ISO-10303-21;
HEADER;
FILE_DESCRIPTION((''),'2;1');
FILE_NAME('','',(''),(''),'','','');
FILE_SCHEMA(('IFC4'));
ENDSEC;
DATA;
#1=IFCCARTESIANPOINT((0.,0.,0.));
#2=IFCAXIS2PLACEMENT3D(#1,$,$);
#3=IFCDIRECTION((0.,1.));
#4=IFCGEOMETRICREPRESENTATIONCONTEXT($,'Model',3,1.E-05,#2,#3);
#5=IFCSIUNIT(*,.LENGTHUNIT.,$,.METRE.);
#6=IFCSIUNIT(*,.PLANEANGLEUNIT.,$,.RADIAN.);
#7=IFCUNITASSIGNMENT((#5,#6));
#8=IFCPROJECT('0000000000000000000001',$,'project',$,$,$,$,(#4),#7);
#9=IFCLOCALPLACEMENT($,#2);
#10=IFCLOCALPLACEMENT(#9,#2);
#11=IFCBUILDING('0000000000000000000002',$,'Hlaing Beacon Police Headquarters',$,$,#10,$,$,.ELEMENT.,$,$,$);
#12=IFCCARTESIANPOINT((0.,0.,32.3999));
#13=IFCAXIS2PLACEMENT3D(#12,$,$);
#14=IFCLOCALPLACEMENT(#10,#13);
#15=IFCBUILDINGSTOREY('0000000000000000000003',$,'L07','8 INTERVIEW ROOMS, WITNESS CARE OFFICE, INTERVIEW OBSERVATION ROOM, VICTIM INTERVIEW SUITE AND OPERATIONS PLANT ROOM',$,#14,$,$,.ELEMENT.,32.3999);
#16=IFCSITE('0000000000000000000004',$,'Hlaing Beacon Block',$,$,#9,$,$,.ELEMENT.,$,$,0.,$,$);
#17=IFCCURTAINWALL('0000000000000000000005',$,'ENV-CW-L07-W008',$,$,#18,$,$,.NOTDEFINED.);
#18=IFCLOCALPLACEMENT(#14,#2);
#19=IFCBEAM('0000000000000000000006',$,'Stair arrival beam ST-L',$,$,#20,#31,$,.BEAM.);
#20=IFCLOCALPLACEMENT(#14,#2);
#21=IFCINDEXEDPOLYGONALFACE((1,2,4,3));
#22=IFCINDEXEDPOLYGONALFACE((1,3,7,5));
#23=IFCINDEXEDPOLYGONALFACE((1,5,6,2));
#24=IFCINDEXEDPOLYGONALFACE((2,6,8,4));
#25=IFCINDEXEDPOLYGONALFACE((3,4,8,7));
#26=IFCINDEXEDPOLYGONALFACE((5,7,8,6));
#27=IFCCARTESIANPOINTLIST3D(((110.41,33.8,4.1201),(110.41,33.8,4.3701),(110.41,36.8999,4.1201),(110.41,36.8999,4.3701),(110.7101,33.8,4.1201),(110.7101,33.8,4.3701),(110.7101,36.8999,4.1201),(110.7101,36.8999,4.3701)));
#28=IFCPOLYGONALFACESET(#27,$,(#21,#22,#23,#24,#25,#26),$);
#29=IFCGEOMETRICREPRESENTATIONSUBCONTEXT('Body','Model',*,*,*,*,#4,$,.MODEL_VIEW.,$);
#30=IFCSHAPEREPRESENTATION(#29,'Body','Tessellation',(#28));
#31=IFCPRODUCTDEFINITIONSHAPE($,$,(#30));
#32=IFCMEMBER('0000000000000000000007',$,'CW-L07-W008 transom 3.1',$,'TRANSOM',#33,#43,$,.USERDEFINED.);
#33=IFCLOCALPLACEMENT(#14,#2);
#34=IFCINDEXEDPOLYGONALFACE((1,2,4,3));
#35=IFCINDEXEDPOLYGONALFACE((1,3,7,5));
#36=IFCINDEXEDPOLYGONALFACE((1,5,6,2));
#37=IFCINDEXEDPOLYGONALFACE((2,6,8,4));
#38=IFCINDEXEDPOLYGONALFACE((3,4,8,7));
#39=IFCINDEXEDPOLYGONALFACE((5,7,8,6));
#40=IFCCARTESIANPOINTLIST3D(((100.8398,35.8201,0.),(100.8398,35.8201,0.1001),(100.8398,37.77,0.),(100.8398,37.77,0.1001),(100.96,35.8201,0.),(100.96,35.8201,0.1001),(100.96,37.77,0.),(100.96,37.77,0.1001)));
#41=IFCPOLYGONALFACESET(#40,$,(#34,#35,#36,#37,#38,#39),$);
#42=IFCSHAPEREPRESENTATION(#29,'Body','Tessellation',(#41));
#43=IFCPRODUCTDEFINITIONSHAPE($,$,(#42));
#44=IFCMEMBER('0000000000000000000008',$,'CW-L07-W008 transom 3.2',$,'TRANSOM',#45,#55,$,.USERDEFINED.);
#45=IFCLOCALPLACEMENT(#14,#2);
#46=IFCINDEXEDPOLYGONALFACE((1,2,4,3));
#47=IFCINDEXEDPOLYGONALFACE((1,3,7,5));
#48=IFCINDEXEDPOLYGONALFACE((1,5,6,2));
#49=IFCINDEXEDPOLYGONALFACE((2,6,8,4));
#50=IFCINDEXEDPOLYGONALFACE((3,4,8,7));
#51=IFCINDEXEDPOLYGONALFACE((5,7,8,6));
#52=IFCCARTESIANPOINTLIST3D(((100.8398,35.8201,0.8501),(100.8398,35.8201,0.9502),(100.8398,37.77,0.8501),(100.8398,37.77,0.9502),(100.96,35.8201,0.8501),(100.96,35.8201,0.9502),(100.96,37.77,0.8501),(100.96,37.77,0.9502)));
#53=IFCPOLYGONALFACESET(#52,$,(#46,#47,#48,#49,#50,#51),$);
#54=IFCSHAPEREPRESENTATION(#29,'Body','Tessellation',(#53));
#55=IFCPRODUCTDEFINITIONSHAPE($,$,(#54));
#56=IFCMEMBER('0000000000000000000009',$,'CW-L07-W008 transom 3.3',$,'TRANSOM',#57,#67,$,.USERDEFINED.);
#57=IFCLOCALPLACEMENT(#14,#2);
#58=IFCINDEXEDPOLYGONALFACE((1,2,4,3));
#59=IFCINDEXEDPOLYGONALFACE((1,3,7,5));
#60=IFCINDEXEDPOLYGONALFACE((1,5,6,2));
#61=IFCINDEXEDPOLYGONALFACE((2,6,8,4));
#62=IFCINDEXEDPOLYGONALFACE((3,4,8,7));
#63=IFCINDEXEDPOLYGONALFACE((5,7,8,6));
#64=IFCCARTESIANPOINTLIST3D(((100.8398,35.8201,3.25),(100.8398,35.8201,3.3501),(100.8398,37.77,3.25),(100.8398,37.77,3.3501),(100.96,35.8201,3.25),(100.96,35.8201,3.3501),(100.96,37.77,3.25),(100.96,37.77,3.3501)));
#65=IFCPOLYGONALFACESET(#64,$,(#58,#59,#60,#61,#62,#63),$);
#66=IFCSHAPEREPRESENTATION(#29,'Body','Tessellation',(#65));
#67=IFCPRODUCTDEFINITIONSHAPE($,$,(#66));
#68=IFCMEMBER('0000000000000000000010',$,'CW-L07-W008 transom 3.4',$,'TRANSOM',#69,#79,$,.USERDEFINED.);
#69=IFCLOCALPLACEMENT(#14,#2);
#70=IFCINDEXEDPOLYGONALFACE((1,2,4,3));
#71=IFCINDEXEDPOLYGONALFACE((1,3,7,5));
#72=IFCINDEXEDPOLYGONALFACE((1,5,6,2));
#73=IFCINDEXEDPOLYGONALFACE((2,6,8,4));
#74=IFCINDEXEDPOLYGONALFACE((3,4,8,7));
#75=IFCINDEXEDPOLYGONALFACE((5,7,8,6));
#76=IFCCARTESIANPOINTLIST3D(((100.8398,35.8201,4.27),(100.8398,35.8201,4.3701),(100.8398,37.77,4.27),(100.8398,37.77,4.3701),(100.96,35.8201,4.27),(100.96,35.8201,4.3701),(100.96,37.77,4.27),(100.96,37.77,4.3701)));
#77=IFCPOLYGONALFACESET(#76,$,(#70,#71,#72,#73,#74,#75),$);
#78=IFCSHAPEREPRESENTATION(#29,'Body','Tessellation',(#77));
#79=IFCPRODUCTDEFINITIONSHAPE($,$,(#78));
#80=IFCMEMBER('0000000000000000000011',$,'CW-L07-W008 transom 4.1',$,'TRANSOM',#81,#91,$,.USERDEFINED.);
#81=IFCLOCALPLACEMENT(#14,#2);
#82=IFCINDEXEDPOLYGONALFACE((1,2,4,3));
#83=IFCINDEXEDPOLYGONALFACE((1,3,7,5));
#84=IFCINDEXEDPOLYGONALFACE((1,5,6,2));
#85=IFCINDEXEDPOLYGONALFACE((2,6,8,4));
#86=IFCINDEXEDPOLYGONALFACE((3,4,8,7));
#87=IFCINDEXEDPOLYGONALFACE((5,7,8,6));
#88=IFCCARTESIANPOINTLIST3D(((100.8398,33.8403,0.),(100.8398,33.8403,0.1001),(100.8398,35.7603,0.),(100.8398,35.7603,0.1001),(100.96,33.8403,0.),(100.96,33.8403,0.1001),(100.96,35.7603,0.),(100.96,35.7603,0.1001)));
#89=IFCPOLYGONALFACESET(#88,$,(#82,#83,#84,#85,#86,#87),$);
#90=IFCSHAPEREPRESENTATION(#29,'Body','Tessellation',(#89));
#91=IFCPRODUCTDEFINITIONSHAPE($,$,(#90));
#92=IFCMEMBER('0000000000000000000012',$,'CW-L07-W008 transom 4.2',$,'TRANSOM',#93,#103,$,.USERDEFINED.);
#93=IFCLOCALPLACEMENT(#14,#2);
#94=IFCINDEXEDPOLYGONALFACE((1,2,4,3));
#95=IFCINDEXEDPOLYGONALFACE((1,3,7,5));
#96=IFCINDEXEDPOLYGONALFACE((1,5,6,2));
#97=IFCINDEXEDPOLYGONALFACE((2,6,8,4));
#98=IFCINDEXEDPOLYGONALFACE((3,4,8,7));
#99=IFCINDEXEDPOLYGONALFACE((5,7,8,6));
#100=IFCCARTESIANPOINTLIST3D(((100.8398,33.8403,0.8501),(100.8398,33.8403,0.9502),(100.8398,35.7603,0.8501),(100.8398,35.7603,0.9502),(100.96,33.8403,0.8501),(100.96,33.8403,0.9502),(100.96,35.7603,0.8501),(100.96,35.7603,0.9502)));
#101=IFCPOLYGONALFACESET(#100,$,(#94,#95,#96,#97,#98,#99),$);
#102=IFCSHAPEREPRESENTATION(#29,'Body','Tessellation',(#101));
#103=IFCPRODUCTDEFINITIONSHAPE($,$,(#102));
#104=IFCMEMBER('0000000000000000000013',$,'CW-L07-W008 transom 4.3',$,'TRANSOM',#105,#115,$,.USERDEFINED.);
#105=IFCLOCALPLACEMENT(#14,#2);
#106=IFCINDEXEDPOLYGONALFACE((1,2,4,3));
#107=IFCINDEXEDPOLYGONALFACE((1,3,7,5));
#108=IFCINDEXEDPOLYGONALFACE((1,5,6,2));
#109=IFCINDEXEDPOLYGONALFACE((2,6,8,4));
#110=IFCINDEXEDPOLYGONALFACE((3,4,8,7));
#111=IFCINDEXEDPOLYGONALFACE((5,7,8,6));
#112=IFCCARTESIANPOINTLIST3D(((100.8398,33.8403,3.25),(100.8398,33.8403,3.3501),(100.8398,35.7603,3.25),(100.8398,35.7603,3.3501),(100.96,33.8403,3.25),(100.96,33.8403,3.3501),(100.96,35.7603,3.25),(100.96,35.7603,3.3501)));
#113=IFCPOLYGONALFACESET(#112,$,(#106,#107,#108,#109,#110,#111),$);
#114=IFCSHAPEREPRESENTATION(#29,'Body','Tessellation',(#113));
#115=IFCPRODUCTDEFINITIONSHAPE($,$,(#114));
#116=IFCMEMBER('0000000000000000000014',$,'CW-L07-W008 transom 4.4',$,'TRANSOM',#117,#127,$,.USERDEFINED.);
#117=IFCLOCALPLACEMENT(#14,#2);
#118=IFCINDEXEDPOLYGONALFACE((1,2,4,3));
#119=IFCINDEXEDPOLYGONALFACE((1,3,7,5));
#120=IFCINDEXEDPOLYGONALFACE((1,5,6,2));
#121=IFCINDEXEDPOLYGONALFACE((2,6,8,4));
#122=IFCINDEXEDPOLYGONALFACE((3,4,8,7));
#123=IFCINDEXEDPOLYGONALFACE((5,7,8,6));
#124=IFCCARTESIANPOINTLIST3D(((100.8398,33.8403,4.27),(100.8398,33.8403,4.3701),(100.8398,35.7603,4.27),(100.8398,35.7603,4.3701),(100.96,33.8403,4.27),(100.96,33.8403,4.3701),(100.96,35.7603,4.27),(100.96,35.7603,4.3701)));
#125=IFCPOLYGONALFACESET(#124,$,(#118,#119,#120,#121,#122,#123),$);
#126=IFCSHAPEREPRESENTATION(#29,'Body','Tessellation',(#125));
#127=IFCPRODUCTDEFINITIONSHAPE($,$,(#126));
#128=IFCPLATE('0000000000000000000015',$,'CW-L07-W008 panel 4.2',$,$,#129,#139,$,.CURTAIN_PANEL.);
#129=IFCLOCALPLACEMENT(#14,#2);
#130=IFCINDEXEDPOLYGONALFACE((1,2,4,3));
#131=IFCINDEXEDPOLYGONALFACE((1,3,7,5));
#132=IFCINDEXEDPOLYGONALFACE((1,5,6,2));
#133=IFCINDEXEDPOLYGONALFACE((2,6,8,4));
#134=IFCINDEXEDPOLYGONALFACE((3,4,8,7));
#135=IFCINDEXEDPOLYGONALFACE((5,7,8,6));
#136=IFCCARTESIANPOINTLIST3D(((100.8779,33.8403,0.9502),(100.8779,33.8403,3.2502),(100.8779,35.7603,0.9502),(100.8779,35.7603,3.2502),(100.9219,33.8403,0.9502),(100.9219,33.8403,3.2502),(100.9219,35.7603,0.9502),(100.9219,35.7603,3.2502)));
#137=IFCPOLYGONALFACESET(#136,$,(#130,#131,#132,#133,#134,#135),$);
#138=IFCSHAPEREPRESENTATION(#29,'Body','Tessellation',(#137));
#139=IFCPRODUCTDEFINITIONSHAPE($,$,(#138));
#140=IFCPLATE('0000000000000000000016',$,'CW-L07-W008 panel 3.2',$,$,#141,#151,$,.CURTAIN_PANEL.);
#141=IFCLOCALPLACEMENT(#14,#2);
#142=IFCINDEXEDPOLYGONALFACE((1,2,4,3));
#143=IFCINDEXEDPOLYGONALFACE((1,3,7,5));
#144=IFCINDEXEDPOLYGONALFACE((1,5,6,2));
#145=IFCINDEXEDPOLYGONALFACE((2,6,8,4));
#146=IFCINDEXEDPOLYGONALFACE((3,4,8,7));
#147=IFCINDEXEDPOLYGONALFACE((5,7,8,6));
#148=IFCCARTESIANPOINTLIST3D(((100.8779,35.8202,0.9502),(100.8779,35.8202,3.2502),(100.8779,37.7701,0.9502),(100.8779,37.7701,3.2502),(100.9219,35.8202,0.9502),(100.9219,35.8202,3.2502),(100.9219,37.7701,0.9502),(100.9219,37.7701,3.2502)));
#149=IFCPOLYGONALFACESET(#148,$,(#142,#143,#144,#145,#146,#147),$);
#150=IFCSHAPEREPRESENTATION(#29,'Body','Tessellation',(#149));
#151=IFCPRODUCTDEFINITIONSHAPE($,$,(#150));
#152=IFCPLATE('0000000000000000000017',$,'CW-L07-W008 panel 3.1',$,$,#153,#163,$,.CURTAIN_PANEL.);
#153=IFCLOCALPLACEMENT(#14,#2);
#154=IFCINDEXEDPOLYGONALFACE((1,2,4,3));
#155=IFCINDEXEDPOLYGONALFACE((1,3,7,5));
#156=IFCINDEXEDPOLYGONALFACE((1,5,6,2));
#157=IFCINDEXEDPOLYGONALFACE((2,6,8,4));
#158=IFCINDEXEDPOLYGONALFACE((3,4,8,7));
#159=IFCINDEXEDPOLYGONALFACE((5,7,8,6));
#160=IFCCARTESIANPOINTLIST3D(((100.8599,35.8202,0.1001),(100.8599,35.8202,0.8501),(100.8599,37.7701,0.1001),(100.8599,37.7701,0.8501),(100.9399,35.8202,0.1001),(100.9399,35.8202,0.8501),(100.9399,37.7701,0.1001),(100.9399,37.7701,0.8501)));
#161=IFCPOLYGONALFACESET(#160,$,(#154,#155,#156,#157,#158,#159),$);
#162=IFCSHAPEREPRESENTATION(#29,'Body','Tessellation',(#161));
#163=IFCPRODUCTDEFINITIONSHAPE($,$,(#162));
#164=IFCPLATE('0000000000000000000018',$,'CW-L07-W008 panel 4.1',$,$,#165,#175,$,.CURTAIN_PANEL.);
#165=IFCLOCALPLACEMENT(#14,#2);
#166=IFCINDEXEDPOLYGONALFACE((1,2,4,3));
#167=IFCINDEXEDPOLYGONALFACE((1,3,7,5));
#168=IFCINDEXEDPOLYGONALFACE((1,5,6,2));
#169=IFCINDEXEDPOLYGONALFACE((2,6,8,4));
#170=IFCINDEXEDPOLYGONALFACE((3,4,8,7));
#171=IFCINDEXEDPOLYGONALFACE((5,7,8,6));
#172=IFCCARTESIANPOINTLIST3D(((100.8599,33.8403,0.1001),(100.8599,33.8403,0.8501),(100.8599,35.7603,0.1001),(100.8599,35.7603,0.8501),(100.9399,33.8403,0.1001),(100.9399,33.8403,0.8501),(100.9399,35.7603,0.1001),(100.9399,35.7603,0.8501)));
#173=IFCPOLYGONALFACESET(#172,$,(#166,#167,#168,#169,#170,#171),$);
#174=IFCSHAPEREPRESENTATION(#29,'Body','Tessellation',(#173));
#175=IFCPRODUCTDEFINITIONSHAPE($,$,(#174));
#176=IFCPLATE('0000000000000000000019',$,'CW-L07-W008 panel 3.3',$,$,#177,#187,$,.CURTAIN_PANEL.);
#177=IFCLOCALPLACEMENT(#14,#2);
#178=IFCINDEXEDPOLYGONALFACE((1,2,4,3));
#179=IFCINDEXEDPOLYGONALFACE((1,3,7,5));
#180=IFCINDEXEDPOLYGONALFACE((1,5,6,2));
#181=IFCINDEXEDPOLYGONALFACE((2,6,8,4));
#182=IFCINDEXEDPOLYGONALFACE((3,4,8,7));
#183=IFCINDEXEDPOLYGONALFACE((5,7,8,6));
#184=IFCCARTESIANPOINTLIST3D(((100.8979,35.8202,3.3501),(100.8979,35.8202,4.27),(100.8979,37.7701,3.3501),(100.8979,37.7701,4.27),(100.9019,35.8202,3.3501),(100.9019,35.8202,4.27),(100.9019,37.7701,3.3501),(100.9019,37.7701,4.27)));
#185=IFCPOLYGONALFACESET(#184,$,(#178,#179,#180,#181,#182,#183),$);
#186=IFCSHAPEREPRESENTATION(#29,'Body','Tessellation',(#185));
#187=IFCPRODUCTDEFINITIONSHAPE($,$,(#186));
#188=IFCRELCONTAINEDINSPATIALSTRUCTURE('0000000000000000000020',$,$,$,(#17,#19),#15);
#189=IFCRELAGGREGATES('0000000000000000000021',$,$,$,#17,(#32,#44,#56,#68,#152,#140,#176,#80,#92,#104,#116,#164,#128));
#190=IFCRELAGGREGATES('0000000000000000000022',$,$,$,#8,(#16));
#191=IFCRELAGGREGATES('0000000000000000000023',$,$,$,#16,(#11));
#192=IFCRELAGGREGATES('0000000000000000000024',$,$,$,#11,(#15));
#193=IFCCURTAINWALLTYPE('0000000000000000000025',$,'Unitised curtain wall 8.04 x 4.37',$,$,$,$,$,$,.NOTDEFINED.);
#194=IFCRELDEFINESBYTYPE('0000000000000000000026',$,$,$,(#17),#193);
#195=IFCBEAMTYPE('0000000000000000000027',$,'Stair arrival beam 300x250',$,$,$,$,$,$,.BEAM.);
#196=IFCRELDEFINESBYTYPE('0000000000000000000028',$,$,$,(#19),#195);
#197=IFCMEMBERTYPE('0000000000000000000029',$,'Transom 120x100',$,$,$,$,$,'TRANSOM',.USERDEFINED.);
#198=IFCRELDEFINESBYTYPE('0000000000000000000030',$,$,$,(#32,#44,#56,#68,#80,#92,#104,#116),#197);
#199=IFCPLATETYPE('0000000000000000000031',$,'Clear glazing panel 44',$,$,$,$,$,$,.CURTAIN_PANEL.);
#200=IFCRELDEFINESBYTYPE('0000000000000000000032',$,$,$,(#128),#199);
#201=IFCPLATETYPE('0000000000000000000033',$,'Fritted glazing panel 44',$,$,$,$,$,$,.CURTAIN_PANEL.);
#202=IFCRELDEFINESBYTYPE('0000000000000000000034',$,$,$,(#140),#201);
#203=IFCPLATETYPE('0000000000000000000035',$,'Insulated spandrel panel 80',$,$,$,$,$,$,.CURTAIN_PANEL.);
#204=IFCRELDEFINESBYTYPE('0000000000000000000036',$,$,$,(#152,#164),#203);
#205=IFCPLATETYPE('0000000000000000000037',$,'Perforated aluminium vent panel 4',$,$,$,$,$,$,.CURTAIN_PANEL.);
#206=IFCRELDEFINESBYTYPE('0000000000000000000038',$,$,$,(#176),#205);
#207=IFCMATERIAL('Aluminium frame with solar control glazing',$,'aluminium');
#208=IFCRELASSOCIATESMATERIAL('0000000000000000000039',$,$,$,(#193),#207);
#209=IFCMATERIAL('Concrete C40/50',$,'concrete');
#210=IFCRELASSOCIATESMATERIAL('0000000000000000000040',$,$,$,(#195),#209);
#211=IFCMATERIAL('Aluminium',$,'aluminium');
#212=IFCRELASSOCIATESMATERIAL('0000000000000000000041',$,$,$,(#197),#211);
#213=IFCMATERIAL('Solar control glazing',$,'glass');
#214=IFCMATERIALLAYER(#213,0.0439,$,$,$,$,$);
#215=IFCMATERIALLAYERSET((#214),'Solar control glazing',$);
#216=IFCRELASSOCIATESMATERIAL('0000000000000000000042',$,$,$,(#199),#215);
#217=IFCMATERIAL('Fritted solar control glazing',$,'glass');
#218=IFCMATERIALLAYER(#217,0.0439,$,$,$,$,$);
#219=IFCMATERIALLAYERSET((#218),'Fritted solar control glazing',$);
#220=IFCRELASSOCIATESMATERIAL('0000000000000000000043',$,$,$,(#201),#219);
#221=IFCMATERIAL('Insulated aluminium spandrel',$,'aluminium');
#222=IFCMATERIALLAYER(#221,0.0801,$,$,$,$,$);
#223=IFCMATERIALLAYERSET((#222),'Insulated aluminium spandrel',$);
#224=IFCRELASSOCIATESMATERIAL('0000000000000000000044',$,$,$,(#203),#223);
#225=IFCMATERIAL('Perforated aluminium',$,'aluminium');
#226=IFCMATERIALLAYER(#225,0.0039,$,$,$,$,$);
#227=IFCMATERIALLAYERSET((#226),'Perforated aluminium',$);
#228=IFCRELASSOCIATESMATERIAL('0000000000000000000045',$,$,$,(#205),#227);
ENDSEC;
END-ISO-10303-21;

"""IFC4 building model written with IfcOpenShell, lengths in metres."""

from ifc_helpers import new_model, si_unit, direction, frame, origin, origin_2d, place, context, subcontext, project, spatial, rectangle, extrude, material, layer, layer_set, material_profile, profile_set, type_object, element, aggregate, save


model = new_model("IFC4")

# Units and contexts
model_context = context("Model", 3, precision=1e-05, world=origin(), true_north=direction((0.0, 1.0)))
body_context = subcontext(model_context, "Body", "Model", "MODEL_VIEW")
ifc_project = project(units=[si_unit("LENGTHUNIT", "METRE"), si_unit("PLANEANGLEUNIT", "RADIAN")], contexts=[model_context])

# Site, building, storey
site_placement = place(None, origin())
site = spatial("IfcSite", under=ifc_project, at=site_placement, Name="Hlaing Beacon Block", CompositionType="ELEMENT", RefElevation=0.0)
building_placement = place(site_placement, origin())
building = spatial("IfcBuilding", under=site, at=building_placement, Name="Hlaing Beacon Police Headquarters", CompositionType="ELEMENT")
storey_placement = place(building_placement, frame((0.0, 0.0, 32.3999)))
storey = spatial("IfcBuildingStorey", under=building, at=storey_placement, Name="L07", Description="8 INTERVIEW ROOMS, WITNESS CARE OFFICE, INTERVIEW OBSERVATION ROOM, VICTIM INTERVIEW SUITE AND OPERATIONS PLANT ROOM", CompositionType="ELEMENT", Elevation=32.3999)

# Curtain wall
ifc_material_1 = material(Name="Aluminium frame with solar control glazing", Category="aluminium")
curtain_wall_type = type_object("IfcCurtainWallType", Name="Unitised curtain wall 8.04 x 4.37", PredefinedType="NOTDEFINED", material=ifc_material_1)
curtain_wall_placement = place(storey_placement, origin())
curtain_wall = element("IfcCurtainWall", 1, at=curtain_wall_placement, inside=storey, type_object=curtain_wall_type, Name="ENV-CW-L07-W008", PredefinedType="NOTDEFINED")

# Beam
ifc_material_2 = material(Name="Concrete C40/50", Category="concrete")
ifc_material_profile_1 = material_profile(ifc_material_2, rectangle(XDim=0.3, YDim=0.25, at=origin_2d()), Name="Stair arrival beam 300x250")
ifc_profile_set_1 = profile_set([ifc_material_profile_1], Name="Concrete C40/50")
beam_type_1 = type_object("IfcBeamType", Name="Stair arrival beam 300x250", PredefinedType="BEAM", material=ifc_profile_set_1)
beam_1_placement = place(storey_placement, frame((110.5601, 33.8, 4.2451), z_axis=(0.0, 1.0, 0.0), x_axis=(-1.0, 0.0, 0.0)))
element("IfcBeam", 2, at=beam_1_placement, inside=storey, type_object=beam_type_1, Name="Stair arrival beam ST-L", PredefinedType="BEAM", context=body_context, shape_type="SweptSolid", body=[
    extrude(rectangle(XDim=0.3, YDim=0.25, at=origin_2d()), origin(), (0.0, 0.0, 1.0), 3.0999),
])

# Members
ifc_material_3 = material(Name="Aluminium", Category="aluminium")
ifc_material_profile_2 = material_profile(ifc_material_3, rectangle(XDim=0.1201, YDim=0.1001, at=origin_2d()), Name="Transom 120x100")
ifc_profile_set_2 = profile_set([ifc_material_profile_2], Name="Aluminium")
member_type_1 = type_object("IfcMemberType", Name="Transom 120x100", ElementType="TRANSOM", PredefinedType="USERDEFINED", material=ifc_profile_set_2)
member_1_placement = place(storey_placement, frame((100.8999, 37.77, 0.05), z_axis=(0.0, -1.0, 0.0), x_axis=(1.0, 0.0, 0.0)))
member_1 = element("IfcMember", 3, at=member_1_placement, type_object=member_type_1, Name="CW-L07-W008 transom 3.1", ObjectType="TRANSOM", PredefinedType="USERDEFINED", context=body_context, shape_type="SweptSolid", body=[
    extrude(rectangle(XDim=0.1201, YDim=0.1001, at=origin_2d()), origin(), (0.0, 0.0, 1.0), 1.95),
])
member_2_placement = place(storey_placement, frame((100.8999, 37.77, 0.9001), z_axis=(0.0, -1.0, 0.0), x_axis=(1.0, 0.0, 0.0)))
member_2 = element("IfcMember", 4, at=member_2_placement, type_object=member_type_1, Name="CW-L07-W008 transom 3.2", ObjectType="TRANSOM", PredefinedType="USERDEFINED", context=body_context, shape_type="SweptSolid", body=[
    extrude(rectangle(XDim=0.1201, YDim=0.1001, at=origin_2d()), origin(), (0.0, 0.0, 1.0), 1.95),
])
member_3_placement = place(storey_placement, frame((100.8999, 37.77, 3.3), z_axis=(0.0, -1.0, 0.0), x_axis=(1.0, 0.0, 0.0)))
member_3 = element("IfcMember", 5, at=member_3_placement, type_object=member_type_1, Name="CW-L07-W008 transom 3.3", ObjectType="TRANSOM", PredefinedType="USERDEFINED", context=body_context, shape_type="SweptSolid", body=[
    extrude(rectangle(XDim=0.1201, YDim=0.1001, at=origin_2d()), origin(), (0.0, 0.0, 1.0), 1.95),
])
member_4_placement = place(storey_placement, frame((100.8999, 37.77, 4.3201), z_axis=(0.0, -1.0, 0.0), x_axis=(1.0, 0.0, 0.0)))
member_4 = element("IfcMember", 6, at=member_4_placement, type_object=member_type_1, Name="CW-L07-W008 transom 3.4", ObjectType="TRANSOM", PredefinedType="USERDEFINED", context=body_context, shape_type="SweptSolid", body=[
    extrude(rectangle(XDim=0.1201, YDim=0.1001, at=origin_2d()), origin(), (0.0, 0.0, 1.0), 1.95),
])
member_5_placement = place(storey_placement, frame((100.8999, 35.7603, 0.05), z_axis=(0.0, -1.0, 0.0), x_axis=(1.0, 0.0, 0.0)))
member_5 = element("IfcMember", 7, at=member_5_placement, type_object=member_type_1, Name="CW-L07-W008 transom 4.1", ObjectType="TRANSOM", PredefinedType="USERDEFINED", context=body_context, shape_type="SweptSolid", body=[
    extrude(rectangle(XDim=0.1201, YDim=0.1001, at=origin_2d()), origin(), (0.0, 0.0, 1.0), 1.9199),
])
member_6_placement = place(storey_placement, frame((100.8999, 35.7603, 0.9001), z_axis=(0.0, -1.0, 0.0), x_axis=(1.0, 0.0, 0.0)))
member_6 = element("IfcMember", 8, at=member_6_placement, type_object=member_type_1, Name="CW-L07-W008 transom 4.2", ObjectType="TRANSOM", PredefinedType="USERDEFINED", context=body_context, shape_type="SweptSolid", body=[
    extrude(rectangle(XDim=0.1201, YDim=0.1001, at=origin_2d()), origin(), (0.0, 0.0, 1.0), 1.9199),
])
member_7_placement = place(storey_placement, frame((100.8999, 35.7603, 3.3), z_axis=(0.0, -1.0, 0.0), x_axis=(1.0, 0.0, 0.0)))
member_7 = element("IfcMember", 9, at=member_7_placement, type_object=member_type_1, Name="CW-L07-W008 transom 4.3", ObjectType="TRANSOM", PredefinedType="USERDEFINED", context=body_context, shape_type="SweptSolid", body=[
    extrude(rectangle(XDim=0.1201, YDim=0.1001, at=origin_2d()), origin(), (0.0, 0.0, 1.0), 1.9199),
])
member_8_placement = place(storey_placement, frame((100.8999, 35.7603, 4.3201), z_axis=(0.0, -1.0, 0.0), x_axis=(1.0, 0.0, 0.0)))
member_8 = element("IfcMember", 10, at=member_8_placement, type_object=member_type_1, Name="CW-L07-W008 transom 4.4", ObjectType="TRANSOM", PredefinedType="USERDEFINED", context=body_context, shape_type="SweptSolid", body=[
    extrude(rectangle(XDim=0.1201, YDim=0.1001, at=origin_2d()), origin(), (0.0, 0.0, 1.0), 1.9199),
])

# Plates
ifc_material_4 = material(Name="Solar control glazing", Category="glass")
ifc_layer_1 = layer(ifc_material_4, 0.0439)
ifc_layer_set_1 = layer_set([ifc_layer_1], Name="Solar control glazing")
plate_type_1 = type_object("IfcPlateType", Name="Clear glazing panel 44", PredefinedType="CURTAIN_PANEL", material=ifc_layer_set_1)
plate_1_placement = place(storey_placement, frame((100.8999, 34.8003, 0.9502), z_axis=(0.0, 0.0, 1.0), x_axis=(0.0, -1.0, 0.0)))
plate_1 = element("IfcPlate", 11, at=plate_1_placement, type_object=plate_type_1, Name="CW-L07-W008 panel 4.2", PredefinedType="CURTAIN_PANEL", context=body_context, shape_type="SweptSolid", body=[
    extrude(rectangle(XDim=1.9199, YDim=0.0439, at=origin_2d()), origin(), (0.0, 0.0, 1.0), 2.3),
])
ifc_material_5 = material(Name="Fritted solar control glazing", Category="glass")
ifc_layer_2 = layer(ifc_material_5, 0.0439)
ifc_layer_set_2 = layer_set([ifc_layer_2], Name="Fritted solar control glazing")
plate_type_2 = type_object("IfcPlateType", Name="Fritted glazing panel 44", PredefinedType="CURTAIN_PANEL", material=ifc_layer_set_2)
plate_2_placement = place(storey_placement, frame((100.8999, 36.7952, 0.9502), z_axis=(0.0, 0.0, 1.0), x_axis=(0.0, -1.0, 0.0)))
plate_2 = element("IfcPlate", 12, at=plate_2_placement, type_object=plate_type_2, Name="CW-L07-W008 panel 3.2", PredefinedType="CURTAIN_PANEL", context=body_context, shape_type="SweptSolid", body=[
    extrude(rectangle(XDim=1.95, YDim=0.0439, at=origin_2d()), origin(), (0.0, 0.0, 1.0), 2.3),
])
ifc_material_6 = material(Name="Insulated aluminium spandrel", Category="aluminium")
ifc_layer_3 = layer(ifc_material_6, 0.0801)
ifc_layer_set_3 = layer_set([ifc_layer_3], Name="Insulated aluminium spandrel")
plate_type_3 = type_object("IfcPlateType", Name="Insulated spandrel panel 80", PredefinedType="CURTAIN_PANEL", material=ifc_layer_set_3)
plate_3_placement = place(storey_placement, frame((100.8999, 36.7952, 0.1001), z_axis=(0.0, 0.0, 1.0), x_axis=(0.0, -1.0, 0.0)))
plate_3 = element("IfcPlate", 13, at=plate_3_placement, type_object=plate_type_3, Name="CW-L07-W008 panel 3.1", PredefinedType="CURTAIN_PANEL", context=body_context, shape_type="SweptSolid", body=[
    extrude(rectangle(XDim=1.95, YDim=0.0801, at=origin_2d()), origin(), (0.0, 0.0, 1.0), 0.75),
])
plate_4_placement = place(storey_placement, frame((100.8999, 34.8003, 0.1001), z_axis=(0.0, 0.0, 1.0), x_axis=(0.0, -1.0, 0.0)))
plate_4 = element("IfcPlate", 14, at=plate_4_placement, type_object=plate_type_3, Name="CW-L07-W008 panel 4.1", PredefinedType="CURTAIN_PANEL", context=body_context, shape_type="SweptSolid", body=[
    extrude(rectangle(XDim=1.9199, YDim=0.0801, at=origin_2d()), origin(), (0.0, 0.0, 1.0), 0.75),
])
ifc_material_7 = material(Name="Perforated aluminium", Category="aluminium")
ifc_layer_4 = layer(ifc_material_7, 0.0039)
ifc_layer_set_4 = layer_set([ifc_layer_4], Name="Perforated aluminium")
plate_type_4 = type_object("IfcPlateType", Name="Perforated aluminium vent panel 4", PredefinedType="CURTAIN_PANEL", material=ifc_layer_set_4)
plate_5_placement = place(storey_placement, frame((100.8999, 36.7952, 3.3501), z_axis=(0.0, 0.0, 1.0), x_axis=(0.0, -1.0, 0.0)))
plate_5 = element("IfcPlate", 15, at=plate_5_placement, type_object=plate_type_4, Name="CW-L07-W008 panel 3.3", PredefinedType="CURTAIN_PANEL", context=body_context, shape_type="SweptSolid", body=[
    extrude(rectangle(XDim=1.95, YDim=0.0039, at=origin_2d()), origin(), (0.0, 0.0, 1.0), 0.9199),
])
aggregate(curtain_wall, [member_1, member_2, member_3, member_4, plate_3, plate_2, plate_5, member_5, member_6, member_7, member_8, plate_4, plate_1])

save(model, "model.ifc")
